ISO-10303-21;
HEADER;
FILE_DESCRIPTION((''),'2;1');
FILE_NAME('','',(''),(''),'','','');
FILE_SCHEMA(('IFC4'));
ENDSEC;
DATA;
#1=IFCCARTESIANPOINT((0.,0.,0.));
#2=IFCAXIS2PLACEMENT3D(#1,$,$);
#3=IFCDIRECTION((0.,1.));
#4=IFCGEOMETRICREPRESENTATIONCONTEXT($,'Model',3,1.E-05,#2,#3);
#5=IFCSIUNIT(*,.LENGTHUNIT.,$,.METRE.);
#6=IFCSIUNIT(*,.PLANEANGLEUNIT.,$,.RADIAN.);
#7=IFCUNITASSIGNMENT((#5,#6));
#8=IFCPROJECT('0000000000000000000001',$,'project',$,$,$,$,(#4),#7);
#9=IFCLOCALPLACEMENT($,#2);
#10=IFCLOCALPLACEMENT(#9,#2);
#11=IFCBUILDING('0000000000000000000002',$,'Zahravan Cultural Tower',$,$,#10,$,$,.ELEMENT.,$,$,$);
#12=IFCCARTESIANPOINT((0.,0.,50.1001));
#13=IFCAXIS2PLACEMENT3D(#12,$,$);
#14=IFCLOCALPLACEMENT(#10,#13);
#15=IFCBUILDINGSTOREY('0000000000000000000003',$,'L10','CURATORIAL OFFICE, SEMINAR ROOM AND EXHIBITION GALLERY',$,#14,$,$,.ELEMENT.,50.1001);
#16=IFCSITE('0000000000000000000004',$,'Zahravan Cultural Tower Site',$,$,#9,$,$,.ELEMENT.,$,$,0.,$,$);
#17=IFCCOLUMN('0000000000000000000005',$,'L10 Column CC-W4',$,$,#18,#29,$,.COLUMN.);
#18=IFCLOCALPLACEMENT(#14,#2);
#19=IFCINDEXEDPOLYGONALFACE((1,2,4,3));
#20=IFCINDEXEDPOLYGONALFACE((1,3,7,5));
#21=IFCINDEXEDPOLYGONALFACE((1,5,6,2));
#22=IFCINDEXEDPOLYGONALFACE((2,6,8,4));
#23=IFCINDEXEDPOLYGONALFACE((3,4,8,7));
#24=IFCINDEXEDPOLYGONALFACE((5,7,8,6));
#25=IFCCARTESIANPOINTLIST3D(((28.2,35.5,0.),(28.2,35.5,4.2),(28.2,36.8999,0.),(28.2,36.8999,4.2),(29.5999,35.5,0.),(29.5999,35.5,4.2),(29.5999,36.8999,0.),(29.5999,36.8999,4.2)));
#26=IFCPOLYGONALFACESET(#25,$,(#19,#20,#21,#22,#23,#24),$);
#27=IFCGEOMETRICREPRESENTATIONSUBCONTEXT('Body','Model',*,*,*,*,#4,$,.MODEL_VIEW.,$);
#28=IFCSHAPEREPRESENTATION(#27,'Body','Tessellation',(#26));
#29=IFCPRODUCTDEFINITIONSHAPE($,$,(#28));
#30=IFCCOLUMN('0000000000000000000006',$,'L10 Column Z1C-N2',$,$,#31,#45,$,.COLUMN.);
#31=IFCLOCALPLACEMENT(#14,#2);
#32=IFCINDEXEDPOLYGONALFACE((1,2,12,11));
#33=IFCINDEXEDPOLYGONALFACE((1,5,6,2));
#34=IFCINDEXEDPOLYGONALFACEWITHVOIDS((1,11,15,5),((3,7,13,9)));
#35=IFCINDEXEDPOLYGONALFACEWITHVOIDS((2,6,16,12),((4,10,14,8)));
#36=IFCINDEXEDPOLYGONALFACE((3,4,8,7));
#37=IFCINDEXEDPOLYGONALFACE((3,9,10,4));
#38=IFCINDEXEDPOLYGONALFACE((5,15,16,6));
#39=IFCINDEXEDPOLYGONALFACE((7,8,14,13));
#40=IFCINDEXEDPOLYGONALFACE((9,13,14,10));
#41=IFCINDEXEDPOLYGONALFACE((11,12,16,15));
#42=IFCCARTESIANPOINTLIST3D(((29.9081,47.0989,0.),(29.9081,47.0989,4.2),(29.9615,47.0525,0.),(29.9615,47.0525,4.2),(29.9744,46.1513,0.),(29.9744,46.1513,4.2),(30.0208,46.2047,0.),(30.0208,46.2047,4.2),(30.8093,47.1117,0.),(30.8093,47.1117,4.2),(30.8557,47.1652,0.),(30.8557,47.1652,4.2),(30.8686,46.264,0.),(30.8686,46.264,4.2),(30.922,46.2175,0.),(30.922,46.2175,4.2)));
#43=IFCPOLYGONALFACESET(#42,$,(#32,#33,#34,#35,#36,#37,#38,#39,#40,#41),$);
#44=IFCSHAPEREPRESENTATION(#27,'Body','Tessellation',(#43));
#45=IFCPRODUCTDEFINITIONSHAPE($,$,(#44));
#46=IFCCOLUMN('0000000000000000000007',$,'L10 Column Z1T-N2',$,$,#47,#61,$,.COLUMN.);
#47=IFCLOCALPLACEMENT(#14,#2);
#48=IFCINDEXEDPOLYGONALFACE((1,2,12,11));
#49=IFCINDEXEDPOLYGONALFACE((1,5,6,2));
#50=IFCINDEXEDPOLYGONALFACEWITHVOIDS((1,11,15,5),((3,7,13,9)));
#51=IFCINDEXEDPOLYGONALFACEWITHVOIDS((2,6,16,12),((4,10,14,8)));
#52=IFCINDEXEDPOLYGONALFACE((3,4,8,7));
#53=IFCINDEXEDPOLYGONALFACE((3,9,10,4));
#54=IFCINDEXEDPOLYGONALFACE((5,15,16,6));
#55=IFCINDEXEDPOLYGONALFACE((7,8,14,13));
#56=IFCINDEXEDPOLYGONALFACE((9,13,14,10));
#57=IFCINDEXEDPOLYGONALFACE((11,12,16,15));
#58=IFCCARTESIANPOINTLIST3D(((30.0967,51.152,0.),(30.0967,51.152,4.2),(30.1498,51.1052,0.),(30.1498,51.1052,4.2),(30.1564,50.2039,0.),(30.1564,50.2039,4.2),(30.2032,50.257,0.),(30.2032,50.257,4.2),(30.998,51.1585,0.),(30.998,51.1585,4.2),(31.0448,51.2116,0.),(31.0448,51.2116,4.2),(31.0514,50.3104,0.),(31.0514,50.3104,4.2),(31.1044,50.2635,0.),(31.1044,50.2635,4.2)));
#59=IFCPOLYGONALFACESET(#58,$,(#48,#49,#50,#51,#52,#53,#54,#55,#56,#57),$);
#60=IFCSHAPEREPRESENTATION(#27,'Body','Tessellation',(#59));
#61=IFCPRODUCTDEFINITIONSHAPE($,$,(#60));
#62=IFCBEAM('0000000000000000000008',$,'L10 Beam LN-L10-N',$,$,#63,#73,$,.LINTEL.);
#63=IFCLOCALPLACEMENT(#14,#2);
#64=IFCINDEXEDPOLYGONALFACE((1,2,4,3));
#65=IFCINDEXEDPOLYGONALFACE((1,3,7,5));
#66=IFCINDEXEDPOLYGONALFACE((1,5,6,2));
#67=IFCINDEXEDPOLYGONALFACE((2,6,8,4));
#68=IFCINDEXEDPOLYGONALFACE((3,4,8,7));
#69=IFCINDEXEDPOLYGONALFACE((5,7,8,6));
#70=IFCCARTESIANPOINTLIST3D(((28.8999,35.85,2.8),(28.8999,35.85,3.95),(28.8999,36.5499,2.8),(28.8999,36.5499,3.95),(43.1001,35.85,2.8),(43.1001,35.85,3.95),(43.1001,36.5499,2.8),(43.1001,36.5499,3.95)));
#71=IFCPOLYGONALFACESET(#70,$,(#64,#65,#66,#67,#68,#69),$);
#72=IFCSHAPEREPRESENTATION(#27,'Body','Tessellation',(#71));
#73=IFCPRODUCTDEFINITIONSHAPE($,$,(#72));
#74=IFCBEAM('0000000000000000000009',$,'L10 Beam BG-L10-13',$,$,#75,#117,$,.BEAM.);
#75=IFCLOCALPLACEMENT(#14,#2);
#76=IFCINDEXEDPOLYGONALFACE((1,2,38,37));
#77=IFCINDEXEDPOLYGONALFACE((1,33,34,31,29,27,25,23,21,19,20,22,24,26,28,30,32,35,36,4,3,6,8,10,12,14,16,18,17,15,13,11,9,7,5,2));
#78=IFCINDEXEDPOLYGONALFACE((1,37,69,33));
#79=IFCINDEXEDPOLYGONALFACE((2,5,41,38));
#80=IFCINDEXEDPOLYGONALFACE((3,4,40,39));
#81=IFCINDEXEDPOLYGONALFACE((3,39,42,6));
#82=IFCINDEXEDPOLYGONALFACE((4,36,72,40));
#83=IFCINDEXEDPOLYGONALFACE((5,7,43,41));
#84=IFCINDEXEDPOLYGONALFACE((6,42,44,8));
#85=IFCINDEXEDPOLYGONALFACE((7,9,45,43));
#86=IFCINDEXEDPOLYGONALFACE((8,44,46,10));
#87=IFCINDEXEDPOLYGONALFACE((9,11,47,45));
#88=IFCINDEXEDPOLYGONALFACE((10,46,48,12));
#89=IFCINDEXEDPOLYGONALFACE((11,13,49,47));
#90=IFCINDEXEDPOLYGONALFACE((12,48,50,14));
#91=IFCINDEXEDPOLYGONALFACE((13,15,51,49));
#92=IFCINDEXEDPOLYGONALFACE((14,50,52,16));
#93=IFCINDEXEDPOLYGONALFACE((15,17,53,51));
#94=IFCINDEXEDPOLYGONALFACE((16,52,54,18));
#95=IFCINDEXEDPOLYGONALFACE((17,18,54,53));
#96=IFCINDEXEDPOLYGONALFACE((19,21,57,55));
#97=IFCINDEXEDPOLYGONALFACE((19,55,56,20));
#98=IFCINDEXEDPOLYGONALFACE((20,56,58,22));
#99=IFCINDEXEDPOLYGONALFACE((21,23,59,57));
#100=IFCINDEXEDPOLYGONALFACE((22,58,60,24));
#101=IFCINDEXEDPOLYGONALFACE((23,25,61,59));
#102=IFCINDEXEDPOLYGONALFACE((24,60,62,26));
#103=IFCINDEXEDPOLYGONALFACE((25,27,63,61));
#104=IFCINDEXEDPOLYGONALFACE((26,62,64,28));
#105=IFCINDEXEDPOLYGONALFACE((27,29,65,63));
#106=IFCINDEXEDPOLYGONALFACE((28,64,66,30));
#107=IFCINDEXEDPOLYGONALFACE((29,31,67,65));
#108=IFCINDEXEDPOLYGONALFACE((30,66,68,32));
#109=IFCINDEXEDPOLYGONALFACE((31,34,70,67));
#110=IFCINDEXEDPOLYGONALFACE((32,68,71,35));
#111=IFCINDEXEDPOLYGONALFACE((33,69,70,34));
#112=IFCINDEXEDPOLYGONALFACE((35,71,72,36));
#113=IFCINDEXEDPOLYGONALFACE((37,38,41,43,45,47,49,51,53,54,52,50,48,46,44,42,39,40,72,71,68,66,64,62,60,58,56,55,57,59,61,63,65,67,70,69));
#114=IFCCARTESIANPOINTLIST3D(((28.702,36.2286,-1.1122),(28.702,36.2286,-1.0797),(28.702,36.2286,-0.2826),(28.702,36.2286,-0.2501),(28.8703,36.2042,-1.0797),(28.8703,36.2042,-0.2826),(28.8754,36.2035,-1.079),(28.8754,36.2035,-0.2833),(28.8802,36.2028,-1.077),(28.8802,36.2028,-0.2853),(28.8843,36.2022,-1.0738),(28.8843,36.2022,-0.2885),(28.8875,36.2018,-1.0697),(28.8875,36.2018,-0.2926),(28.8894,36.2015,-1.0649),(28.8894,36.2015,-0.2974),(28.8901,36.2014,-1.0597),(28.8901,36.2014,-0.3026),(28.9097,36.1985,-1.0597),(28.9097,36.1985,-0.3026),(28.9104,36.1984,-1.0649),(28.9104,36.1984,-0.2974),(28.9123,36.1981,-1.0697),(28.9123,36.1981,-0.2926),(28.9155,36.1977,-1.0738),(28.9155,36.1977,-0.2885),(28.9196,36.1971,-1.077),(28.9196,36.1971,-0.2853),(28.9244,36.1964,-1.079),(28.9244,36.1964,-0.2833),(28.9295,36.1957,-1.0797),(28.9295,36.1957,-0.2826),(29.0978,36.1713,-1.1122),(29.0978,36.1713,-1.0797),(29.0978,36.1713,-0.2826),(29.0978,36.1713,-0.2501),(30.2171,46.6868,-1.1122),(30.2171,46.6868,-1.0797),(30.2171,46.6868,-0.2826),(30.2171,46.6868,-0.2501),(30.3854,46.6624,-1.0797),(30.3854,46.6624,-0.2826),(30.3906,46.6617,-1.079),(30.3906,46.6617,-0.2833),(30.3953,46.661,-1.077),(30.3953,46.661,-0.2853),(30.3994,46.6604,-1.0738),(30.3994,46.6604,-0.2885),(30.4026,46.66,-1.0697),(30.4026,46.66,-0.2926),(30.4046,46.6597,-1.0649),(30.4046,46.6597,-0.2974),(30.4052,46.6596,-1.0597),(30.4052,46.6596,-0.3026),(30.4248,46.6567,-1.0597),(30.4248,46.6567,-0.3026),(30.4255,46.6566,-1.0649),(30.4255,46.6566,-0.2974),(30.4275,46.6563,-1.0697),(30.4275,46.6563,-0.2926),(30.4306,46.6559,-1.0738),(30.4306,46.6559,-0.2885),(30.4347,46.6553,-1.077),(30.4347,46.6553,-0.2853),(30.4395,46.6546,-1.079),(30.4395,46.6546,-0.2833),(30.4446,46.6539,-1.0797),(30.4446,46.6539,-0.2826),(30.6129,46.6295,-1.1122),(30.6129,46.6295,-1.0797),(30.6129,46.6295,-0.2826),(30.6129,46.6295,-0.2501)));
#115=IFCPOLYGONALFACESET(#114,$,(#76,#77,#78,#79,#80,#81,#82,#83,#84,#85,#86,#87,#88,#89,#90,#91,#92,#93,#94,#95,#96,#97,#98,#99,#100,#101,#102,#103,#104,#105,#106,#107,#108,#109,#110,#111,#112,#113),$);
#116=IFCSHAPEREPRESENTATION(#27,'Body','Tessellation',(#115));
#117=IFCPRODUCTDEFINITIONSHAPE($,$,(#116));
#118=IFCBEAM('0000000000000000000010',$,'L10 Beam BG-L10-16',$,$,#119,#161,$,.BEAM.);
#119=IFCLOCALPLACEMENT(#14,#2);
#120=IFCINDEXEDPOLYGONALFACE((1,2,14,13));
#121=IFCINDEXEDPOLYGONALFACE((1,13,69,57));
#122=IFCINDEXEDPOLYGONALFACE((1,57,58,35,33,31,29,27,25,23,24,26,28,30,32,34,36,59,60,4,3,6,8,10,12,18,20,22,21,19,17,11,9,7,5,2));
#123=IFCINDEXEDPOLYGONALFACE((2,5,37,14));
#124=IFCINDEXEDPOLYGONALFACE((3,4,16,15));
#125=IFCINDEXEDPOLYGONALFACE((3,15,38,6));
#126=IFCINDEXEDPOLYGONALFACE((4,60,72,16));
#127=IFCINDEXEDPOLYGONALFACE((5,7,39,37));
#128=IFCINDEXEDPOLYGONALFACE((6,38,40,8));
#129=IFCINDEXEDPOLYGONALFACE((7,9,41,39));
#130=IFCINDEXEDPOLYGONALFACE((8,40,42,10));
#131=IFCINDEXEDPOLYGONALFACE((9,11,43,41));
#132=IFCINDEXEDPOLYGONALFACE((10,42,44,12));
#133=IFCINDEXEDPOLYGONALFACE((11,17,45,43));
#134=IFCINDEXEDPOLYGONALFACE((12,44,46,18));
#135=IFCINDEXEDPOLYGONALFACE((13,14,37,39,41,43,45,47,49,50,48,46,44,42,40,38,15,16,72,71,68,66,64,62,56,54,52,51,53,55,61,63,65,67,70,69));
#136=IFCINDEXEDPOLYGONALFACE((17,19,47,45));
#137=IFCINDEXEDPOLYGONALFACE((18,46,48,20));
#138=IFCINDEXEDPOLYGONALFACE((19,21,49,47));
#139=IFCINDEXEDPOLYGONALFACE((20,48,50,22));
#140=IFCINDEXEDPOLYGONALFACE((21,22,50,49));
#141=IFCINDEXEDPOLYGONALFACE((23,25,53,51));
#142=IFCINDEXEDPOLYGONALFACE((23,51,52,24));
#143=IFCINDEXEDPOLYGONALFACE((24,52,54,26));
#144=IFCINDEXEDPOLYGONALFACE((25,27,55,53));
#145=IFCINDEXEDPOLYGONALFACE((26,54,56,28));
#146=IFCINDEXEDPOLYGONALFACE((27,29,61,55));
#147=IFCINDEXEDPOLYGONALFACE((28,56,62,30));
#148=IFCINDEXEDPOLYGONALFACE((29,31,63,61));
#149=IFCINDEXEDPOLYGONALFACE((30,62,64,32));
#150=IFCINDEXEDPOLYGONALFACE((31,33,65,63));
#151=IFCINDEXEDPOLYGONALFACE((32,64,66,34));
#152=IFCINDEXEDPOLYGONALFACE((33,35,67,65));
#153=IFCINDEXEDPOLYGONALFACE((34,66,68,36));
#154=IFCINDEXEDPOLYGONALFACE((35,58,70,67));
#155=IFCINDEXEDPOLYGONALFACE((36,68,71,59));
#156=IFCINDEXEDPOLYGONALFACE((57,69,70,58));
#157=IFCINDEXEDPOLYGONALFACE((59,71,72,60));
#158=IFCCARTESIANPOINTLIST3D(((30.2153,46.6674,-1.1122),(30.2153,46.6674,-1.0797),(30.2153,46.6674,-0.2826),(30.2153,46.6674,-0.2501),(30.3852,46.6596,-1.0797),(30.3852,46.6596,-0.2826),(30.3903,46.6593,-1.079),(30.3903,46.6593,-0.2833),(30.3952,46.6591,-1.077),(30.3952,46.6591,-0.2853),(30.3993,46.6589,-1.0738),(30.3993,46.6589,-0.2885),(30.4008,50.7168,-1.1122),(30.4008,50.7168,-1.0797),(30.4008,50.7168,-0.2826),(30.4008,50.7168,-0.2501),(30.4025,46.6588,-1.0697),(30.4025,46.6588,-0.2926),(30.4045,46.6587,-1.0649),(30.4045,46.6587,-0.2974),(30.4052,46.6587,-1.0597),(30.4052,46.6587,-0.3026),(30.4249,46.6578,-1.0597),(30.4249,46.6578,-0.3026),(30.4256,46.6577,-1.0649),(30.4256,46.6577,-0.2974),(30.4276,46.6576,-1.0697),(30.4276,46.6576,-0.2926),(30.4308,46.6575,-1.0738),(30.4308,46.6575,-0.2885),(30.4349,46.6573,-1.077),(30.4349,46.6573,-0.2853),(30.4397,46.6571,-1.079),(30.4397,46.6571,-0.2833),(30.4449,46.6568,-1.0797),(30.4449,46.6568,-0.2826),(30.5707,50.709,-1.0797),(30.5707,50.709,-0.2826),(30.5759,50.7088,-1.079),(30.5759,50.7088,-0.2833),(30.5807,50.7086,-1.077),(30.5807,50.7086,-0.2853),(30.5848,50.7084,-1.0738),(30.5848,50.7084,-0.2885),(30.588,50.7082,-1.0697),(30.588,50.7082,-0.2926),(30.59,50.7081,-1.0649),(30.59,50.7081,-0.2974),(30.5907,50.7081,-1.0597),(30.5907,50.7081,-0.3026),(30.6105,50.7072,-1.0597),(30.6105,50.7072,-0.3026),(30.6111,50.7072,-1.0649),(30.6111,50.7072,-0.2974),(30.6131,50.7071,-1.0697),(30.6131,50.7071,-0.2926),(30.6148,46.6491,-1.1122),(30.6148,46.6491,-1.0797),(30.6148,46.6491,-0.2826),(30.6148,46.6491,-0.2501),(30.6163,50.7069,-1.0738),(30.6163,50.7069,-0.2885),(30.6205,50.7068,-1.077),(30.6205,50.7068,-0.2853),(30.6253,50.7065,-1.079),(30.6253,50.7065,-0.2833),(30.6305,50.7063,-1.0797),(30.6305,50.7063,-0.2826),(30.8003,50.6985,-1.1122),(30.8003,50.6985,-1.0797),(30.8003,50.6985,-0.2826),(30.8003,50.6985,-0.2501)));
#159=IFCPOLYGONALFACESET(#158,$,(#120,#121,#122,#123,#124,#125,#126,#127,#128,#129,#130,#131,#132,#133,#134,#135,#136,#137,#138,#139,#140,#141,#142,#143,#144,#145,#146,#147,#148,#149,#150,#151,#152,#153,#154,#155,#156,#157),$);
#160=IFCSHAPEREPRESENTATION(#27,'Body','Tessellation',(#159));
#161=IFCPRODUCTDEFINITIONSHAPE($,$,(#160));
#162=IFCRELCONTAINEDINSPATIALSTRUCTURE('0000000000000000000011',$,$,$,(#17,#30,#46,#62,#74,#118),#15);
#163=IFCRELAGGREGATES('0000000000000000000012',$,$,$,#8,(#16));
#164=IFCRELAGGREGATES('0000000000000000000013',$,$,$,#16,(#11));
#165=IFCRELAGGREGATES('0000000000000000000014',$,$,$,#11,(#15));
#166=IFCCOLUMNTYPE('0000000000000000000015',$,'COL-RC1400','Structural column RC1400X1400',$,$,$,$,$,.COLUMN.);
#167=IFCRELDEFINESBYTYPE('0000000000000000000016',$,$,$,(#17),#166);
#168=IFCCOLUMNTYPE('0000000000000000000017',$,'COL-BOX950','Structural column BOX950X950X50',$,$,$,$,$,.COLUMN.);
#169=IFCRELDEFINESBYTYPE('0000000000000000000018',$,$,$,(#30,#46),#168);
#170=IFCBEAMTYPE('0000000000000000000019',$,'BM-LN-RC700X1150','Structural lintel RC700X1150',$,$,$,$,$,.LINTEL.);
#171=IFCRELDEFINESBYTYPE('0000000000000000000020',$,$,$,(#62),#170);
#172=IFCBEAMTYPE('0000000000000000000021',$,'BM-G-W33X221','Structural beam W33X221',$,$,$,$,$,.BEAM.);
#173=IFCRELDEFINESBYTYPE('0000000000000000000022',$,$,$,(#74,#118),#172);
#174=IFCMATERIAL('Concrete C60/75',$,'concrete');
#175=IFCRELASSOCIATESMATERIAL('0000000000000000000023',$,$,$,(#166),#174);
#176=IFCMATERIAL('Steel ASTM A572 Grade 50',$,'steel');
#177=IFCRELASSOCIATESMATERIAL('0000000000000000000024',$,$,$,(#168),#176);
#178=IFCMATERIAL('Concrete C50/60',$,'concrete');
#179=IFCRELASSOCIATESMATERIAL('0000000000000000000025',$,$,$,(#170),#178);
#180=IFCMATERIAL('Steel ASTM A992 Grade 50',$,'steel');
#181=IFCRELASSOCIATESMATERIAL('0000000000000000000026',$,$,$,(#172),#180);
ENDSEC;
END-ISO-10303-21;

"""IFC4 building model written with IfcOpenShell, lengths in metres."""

from ifc_helpers import new_model, si_unit, direction, frame, origin, origin_2d, place, context, subcontext, project, spatial, rectangle, hollow_rectangle, i_section, extrude, source, transform, mapped, material, material_profile, profile_set, type_object, element, save


model = new_model("IFC4")

# Units and contexts
model_context = context("Model", 3, precision=1e-05, world=origin(), true_north=direction((0.0, 1.0)))
body_context = subcontext(model_context, "Body", "Model", "MODEL_VIEW")
ifc_project = project(units=[si_unit("LENGTHUNIT", "METRE"), si_unit("PLANEANGLEUNIT", "RADIAN")], contexts=[model_context])

# Site, building, storey
site_placement = place(None, origin())
site = spatial("IfcSite", under=ifc_project, at=site_placement, Name="Zahravan Cultural Tower Site", CompositionType="ELEMENT", RefElevation=0.0)
building_placement = place(site_placement, origin())
building = spatial("IfcBuilding", under=site, at=building_placement, Name="Zahravan Cultural Tower", CompositionType="ELEMENT")
storey_placement = place(building_placement, frame((0.0, 0.0, 50.1001)))
storey = spatial("IfcBuildingStorey", under=building, at=storey_placement, Name="L10", Description="CURATORIAL OFFICE, SEMINAR ROOM AND EXHIBITION GALLERY", CompositionType="ELEMENT", Elevation=50.1001)

# Columns
ifc_material_1 = material(Name="Concrete C60/75", Category="concrete")
ifc_material_profile_1 = material_profile(ifc_material_1, rectangle(XDim=1.3999, YDim=1.3999, at=origin_2d()), Name="RC1400X1400")
ifc_profile_set_1 = profile_set([ifc_material_profile_1], Name="Concrete C60/75")
column_type_1 = type_object("IfcColumnType", Name="COL-RC1400", Description="Structural column RC1400X1400", PredefinedType="COLUMN", material=ifc_profile_set_1)
shared_shape_1 = source(origin(), body_context, "Body", "SweptSolid", [
    extrude(rectangle(XDim=1.3999, YDim=1.3999, at=origin_2d()), origin(), (0.0, 0.0, 1.0), 4.2),
])
column_placement = place(storey_placement, frame((28.8999, 36.2, 0.0), z_axis=(0.0, 0.0, 1.0), x_axis=(1.0, 0.0, 0.0)))
element("IfcColumn", 1, at=column_placement, inside=storey, type_object=column_type_1, Name="L10 Column CC-W4", PredefinedType="COLUMN", context=body_context, shape_type="MappedRepresentation", body=[
    mapped(shared_shape_1, transform((0.0, 0.0, 0.0), x_axis=(1.0, 0.0, 0.0), y_axis=(0.0, 1.0, 0.0), z_axis=(0.0, 0.0, 1.0), scale=1.0)),
])
ifc_material_2 = material(Name="Steel ASTM A572 Grade 50", Category="steel")
ifc_material_profile_2 = material_profile(ifc_material_2, hollow_rectangle(XDim=0.95, YDim=0.95, WallThickness=0.05, at=origin_2d()), Name="BOX950X950X50")
ifc_profile_set_2 = profile_set([ifc_material_profile_2], Name="Steel ASTM A572 Grade 50")
column_type_2 = type_object("IfcColumnType", Name="COL-BOX950", Description="Structural column BOX950X950X50", PredefinedType="COLUMN", material=ifc_profile_set_2)
shared_shape_2 = source(origin(), body_context, "Body", "SweptSolid", [
    extrude(hollow_rectangle(XDim=0.95, YDim=0.95, WallThickness=0.05, at=origin_2d()), origin(), (0.0, 0.0, 1.0), 4.2),
])
for number, where, z_axis, x_axis, name in (
    (2, (30.415, 46.6582, 0.0), (0.0, 0.0, 1.0), (-0.069756, 0.997564, 0.0), "L10 Column Z1C-N2"),
    (3, (30.6006, 50.7078, 0.0), (0.0, 0.0, 1.0), (-0.062791, 0.998027, 0.0), "L10 Column Z1T-N2"),
):
    element("IfcColumn", number, at=place(storey_placement, frame(where, z_axis=z_axis, x_axis=x_axis)), inside=storey, type_object=column_type_2, Name=name, PredefinedType="COLUMN", context=body_context, shape_type="MappedRepresentation", body=[
        mapped(shared_shape_2, transform((0.0, 0.0, 0.0), x_axis=(1.0, 0.0, 0.0), y_axis=(0.0, 1.0, 0.0), z_axis=(0.0, 0.0, 1.0), scale=1.0)),
    ])

# Beams
ifc_material_3 = material(Name="Concrete C50/60", Category="concrete")
ifc_material_profile_3 = material_profile(ifc_material_3, rectangle(XDim=0.7, YDim=1.1499, at=origin_2d()), Name="RC700X1150")
ifc_profile_set_3 = profile_set([ifc_material_profile_3], Name="Concrete C50/60")
beam_type_1 = type_object("IfcBeamType", Name="BM-LN-RC700X1150", Description="Structural lintel RC700X1150", PredefinedType="LINTEL", material=ifc_profile_set_3)
shared_shape_3 = source(origin(), body_context, "Body", "SweptSolid", [
    extrude(rectangle(XDim=0.7, YDim=1.1499, at=origin_2d()), origin(), (0.0, 0.0, 1.0), 14.2002),
])
beam_1_placement = place(storey_placement, frame((28.8999, 36.2, 3.375), z_axis=(1.0, 0.0, 0.0), x_axis=(0.0, 1.0, 0.0)))
element("IfcBeam", 4, at=beam_1_placement, inside=storey, type_object=beam_type_1, Name="L10 Beam LN-L10-N", PredefinedType="LINTEL", context=body_context, shape_type="MappedRepresentation", body=[
    mapped(shared_shape_3, transform((0.0, 0.0, 0.0), x_axis=(1.0, 0.0, 0.0), y_axis=(0.0, 1.0, 0.0), z_axis=(0.0, 0.0, 1.0), scale=1.0)),
])
ifc_material_4 = material(Name="Steel ASTM A992 Grade 50", Category="steel")
ifc_material_profile_4 = material_profile(ifc_material_4, i_section(OverallWidth=0.3999, OverallDepth=0.8621, WebThickness=0.0198, FlangeThickness=0.0325, FilletRadius=0.02, at=origin_2d()), Name="W33X221")
ifc_profile_set_4 = profile_set([ifc_material_profile_4], Name="Steel ASTM A992 Grade 50")
beam_type_2 = type_object("IfcBeamType", Name="BM-G-W33X221", Description="Structural beam W33X221", PredefinedType="BEAM", material=ifc_profile_set_4)
shared_shape_4 = source(origin(), body_context, "Body", "SweptSolid", [
    extrude(i_section(OverallWidth=0.3999, OverallDepth=0.8621, WebThickness=0.0198, FlangeThickness=0.0325, FilletRadius=0.02, at=origin_2d()), origin(), (0.0, 0.0, 1.0), 10.5674),
])
beam_2_placement = place(storey_placement, frame((28.8999, 36.2, -0.6812), z_axis=(0.143378, 0.989668, 0.0), x_axis=(-0.989668, 0.143378, 0.0)))
element("IfcBeam", 5, at=beam_2_placement, inside=storey, type_object=beam_type_2, Name="L10 Beam BG-L10-13", PredefinedType="BEAM", context=body_context, shape_type="MappedRepresentation", body=[
    mapped(shared_shape_4, transform((0.0, 0.0, 0.0), x_axis=(1.0, 0.0, 0.0), y_axis=(0.0, 1.0, 0.0), z_axis=(0.0, 0.0, 1.0), scale=1.0)),
])
shared_shape_5 = source(origin(), body_context, "Body", "SweptSolid", [
    extrude(i_section(OverallWidth=0.3999, OverallDepth=0.8621, WebThickness=0.0198, FlangeThickness=0.0325, FilletRadius=0.02, at=origin_2d()), origin(), (0.0, 0.0, 1.0), 4.0537),
])
beam_3_placement = place(storey_placement, frame((30.415, 46.6582, -0.6812), z_axis=(0.045771, 0.998952, 0.0), x_axis=(-0.998952, 0.045771, 0.0)))
element("IfcBeam", 6, at=beam_3_placement, inside=storey, type_object=beam_type_2, Name="L10 Beam BG-L10-16", PredefinedType="BEAM", context=body_context, shape_type="MappedRepresentation", body=[
    mapped(shared_shape_5, transform((0.0, 0.0, 0.0), x_axis=(1.0, 0.0, 0.0), y_axis=(0.0, 1.0, 0.0), z_axis=(0.0, 0.0, 1.0), scale=1.0)),
])

save(model, "model.ifc")
